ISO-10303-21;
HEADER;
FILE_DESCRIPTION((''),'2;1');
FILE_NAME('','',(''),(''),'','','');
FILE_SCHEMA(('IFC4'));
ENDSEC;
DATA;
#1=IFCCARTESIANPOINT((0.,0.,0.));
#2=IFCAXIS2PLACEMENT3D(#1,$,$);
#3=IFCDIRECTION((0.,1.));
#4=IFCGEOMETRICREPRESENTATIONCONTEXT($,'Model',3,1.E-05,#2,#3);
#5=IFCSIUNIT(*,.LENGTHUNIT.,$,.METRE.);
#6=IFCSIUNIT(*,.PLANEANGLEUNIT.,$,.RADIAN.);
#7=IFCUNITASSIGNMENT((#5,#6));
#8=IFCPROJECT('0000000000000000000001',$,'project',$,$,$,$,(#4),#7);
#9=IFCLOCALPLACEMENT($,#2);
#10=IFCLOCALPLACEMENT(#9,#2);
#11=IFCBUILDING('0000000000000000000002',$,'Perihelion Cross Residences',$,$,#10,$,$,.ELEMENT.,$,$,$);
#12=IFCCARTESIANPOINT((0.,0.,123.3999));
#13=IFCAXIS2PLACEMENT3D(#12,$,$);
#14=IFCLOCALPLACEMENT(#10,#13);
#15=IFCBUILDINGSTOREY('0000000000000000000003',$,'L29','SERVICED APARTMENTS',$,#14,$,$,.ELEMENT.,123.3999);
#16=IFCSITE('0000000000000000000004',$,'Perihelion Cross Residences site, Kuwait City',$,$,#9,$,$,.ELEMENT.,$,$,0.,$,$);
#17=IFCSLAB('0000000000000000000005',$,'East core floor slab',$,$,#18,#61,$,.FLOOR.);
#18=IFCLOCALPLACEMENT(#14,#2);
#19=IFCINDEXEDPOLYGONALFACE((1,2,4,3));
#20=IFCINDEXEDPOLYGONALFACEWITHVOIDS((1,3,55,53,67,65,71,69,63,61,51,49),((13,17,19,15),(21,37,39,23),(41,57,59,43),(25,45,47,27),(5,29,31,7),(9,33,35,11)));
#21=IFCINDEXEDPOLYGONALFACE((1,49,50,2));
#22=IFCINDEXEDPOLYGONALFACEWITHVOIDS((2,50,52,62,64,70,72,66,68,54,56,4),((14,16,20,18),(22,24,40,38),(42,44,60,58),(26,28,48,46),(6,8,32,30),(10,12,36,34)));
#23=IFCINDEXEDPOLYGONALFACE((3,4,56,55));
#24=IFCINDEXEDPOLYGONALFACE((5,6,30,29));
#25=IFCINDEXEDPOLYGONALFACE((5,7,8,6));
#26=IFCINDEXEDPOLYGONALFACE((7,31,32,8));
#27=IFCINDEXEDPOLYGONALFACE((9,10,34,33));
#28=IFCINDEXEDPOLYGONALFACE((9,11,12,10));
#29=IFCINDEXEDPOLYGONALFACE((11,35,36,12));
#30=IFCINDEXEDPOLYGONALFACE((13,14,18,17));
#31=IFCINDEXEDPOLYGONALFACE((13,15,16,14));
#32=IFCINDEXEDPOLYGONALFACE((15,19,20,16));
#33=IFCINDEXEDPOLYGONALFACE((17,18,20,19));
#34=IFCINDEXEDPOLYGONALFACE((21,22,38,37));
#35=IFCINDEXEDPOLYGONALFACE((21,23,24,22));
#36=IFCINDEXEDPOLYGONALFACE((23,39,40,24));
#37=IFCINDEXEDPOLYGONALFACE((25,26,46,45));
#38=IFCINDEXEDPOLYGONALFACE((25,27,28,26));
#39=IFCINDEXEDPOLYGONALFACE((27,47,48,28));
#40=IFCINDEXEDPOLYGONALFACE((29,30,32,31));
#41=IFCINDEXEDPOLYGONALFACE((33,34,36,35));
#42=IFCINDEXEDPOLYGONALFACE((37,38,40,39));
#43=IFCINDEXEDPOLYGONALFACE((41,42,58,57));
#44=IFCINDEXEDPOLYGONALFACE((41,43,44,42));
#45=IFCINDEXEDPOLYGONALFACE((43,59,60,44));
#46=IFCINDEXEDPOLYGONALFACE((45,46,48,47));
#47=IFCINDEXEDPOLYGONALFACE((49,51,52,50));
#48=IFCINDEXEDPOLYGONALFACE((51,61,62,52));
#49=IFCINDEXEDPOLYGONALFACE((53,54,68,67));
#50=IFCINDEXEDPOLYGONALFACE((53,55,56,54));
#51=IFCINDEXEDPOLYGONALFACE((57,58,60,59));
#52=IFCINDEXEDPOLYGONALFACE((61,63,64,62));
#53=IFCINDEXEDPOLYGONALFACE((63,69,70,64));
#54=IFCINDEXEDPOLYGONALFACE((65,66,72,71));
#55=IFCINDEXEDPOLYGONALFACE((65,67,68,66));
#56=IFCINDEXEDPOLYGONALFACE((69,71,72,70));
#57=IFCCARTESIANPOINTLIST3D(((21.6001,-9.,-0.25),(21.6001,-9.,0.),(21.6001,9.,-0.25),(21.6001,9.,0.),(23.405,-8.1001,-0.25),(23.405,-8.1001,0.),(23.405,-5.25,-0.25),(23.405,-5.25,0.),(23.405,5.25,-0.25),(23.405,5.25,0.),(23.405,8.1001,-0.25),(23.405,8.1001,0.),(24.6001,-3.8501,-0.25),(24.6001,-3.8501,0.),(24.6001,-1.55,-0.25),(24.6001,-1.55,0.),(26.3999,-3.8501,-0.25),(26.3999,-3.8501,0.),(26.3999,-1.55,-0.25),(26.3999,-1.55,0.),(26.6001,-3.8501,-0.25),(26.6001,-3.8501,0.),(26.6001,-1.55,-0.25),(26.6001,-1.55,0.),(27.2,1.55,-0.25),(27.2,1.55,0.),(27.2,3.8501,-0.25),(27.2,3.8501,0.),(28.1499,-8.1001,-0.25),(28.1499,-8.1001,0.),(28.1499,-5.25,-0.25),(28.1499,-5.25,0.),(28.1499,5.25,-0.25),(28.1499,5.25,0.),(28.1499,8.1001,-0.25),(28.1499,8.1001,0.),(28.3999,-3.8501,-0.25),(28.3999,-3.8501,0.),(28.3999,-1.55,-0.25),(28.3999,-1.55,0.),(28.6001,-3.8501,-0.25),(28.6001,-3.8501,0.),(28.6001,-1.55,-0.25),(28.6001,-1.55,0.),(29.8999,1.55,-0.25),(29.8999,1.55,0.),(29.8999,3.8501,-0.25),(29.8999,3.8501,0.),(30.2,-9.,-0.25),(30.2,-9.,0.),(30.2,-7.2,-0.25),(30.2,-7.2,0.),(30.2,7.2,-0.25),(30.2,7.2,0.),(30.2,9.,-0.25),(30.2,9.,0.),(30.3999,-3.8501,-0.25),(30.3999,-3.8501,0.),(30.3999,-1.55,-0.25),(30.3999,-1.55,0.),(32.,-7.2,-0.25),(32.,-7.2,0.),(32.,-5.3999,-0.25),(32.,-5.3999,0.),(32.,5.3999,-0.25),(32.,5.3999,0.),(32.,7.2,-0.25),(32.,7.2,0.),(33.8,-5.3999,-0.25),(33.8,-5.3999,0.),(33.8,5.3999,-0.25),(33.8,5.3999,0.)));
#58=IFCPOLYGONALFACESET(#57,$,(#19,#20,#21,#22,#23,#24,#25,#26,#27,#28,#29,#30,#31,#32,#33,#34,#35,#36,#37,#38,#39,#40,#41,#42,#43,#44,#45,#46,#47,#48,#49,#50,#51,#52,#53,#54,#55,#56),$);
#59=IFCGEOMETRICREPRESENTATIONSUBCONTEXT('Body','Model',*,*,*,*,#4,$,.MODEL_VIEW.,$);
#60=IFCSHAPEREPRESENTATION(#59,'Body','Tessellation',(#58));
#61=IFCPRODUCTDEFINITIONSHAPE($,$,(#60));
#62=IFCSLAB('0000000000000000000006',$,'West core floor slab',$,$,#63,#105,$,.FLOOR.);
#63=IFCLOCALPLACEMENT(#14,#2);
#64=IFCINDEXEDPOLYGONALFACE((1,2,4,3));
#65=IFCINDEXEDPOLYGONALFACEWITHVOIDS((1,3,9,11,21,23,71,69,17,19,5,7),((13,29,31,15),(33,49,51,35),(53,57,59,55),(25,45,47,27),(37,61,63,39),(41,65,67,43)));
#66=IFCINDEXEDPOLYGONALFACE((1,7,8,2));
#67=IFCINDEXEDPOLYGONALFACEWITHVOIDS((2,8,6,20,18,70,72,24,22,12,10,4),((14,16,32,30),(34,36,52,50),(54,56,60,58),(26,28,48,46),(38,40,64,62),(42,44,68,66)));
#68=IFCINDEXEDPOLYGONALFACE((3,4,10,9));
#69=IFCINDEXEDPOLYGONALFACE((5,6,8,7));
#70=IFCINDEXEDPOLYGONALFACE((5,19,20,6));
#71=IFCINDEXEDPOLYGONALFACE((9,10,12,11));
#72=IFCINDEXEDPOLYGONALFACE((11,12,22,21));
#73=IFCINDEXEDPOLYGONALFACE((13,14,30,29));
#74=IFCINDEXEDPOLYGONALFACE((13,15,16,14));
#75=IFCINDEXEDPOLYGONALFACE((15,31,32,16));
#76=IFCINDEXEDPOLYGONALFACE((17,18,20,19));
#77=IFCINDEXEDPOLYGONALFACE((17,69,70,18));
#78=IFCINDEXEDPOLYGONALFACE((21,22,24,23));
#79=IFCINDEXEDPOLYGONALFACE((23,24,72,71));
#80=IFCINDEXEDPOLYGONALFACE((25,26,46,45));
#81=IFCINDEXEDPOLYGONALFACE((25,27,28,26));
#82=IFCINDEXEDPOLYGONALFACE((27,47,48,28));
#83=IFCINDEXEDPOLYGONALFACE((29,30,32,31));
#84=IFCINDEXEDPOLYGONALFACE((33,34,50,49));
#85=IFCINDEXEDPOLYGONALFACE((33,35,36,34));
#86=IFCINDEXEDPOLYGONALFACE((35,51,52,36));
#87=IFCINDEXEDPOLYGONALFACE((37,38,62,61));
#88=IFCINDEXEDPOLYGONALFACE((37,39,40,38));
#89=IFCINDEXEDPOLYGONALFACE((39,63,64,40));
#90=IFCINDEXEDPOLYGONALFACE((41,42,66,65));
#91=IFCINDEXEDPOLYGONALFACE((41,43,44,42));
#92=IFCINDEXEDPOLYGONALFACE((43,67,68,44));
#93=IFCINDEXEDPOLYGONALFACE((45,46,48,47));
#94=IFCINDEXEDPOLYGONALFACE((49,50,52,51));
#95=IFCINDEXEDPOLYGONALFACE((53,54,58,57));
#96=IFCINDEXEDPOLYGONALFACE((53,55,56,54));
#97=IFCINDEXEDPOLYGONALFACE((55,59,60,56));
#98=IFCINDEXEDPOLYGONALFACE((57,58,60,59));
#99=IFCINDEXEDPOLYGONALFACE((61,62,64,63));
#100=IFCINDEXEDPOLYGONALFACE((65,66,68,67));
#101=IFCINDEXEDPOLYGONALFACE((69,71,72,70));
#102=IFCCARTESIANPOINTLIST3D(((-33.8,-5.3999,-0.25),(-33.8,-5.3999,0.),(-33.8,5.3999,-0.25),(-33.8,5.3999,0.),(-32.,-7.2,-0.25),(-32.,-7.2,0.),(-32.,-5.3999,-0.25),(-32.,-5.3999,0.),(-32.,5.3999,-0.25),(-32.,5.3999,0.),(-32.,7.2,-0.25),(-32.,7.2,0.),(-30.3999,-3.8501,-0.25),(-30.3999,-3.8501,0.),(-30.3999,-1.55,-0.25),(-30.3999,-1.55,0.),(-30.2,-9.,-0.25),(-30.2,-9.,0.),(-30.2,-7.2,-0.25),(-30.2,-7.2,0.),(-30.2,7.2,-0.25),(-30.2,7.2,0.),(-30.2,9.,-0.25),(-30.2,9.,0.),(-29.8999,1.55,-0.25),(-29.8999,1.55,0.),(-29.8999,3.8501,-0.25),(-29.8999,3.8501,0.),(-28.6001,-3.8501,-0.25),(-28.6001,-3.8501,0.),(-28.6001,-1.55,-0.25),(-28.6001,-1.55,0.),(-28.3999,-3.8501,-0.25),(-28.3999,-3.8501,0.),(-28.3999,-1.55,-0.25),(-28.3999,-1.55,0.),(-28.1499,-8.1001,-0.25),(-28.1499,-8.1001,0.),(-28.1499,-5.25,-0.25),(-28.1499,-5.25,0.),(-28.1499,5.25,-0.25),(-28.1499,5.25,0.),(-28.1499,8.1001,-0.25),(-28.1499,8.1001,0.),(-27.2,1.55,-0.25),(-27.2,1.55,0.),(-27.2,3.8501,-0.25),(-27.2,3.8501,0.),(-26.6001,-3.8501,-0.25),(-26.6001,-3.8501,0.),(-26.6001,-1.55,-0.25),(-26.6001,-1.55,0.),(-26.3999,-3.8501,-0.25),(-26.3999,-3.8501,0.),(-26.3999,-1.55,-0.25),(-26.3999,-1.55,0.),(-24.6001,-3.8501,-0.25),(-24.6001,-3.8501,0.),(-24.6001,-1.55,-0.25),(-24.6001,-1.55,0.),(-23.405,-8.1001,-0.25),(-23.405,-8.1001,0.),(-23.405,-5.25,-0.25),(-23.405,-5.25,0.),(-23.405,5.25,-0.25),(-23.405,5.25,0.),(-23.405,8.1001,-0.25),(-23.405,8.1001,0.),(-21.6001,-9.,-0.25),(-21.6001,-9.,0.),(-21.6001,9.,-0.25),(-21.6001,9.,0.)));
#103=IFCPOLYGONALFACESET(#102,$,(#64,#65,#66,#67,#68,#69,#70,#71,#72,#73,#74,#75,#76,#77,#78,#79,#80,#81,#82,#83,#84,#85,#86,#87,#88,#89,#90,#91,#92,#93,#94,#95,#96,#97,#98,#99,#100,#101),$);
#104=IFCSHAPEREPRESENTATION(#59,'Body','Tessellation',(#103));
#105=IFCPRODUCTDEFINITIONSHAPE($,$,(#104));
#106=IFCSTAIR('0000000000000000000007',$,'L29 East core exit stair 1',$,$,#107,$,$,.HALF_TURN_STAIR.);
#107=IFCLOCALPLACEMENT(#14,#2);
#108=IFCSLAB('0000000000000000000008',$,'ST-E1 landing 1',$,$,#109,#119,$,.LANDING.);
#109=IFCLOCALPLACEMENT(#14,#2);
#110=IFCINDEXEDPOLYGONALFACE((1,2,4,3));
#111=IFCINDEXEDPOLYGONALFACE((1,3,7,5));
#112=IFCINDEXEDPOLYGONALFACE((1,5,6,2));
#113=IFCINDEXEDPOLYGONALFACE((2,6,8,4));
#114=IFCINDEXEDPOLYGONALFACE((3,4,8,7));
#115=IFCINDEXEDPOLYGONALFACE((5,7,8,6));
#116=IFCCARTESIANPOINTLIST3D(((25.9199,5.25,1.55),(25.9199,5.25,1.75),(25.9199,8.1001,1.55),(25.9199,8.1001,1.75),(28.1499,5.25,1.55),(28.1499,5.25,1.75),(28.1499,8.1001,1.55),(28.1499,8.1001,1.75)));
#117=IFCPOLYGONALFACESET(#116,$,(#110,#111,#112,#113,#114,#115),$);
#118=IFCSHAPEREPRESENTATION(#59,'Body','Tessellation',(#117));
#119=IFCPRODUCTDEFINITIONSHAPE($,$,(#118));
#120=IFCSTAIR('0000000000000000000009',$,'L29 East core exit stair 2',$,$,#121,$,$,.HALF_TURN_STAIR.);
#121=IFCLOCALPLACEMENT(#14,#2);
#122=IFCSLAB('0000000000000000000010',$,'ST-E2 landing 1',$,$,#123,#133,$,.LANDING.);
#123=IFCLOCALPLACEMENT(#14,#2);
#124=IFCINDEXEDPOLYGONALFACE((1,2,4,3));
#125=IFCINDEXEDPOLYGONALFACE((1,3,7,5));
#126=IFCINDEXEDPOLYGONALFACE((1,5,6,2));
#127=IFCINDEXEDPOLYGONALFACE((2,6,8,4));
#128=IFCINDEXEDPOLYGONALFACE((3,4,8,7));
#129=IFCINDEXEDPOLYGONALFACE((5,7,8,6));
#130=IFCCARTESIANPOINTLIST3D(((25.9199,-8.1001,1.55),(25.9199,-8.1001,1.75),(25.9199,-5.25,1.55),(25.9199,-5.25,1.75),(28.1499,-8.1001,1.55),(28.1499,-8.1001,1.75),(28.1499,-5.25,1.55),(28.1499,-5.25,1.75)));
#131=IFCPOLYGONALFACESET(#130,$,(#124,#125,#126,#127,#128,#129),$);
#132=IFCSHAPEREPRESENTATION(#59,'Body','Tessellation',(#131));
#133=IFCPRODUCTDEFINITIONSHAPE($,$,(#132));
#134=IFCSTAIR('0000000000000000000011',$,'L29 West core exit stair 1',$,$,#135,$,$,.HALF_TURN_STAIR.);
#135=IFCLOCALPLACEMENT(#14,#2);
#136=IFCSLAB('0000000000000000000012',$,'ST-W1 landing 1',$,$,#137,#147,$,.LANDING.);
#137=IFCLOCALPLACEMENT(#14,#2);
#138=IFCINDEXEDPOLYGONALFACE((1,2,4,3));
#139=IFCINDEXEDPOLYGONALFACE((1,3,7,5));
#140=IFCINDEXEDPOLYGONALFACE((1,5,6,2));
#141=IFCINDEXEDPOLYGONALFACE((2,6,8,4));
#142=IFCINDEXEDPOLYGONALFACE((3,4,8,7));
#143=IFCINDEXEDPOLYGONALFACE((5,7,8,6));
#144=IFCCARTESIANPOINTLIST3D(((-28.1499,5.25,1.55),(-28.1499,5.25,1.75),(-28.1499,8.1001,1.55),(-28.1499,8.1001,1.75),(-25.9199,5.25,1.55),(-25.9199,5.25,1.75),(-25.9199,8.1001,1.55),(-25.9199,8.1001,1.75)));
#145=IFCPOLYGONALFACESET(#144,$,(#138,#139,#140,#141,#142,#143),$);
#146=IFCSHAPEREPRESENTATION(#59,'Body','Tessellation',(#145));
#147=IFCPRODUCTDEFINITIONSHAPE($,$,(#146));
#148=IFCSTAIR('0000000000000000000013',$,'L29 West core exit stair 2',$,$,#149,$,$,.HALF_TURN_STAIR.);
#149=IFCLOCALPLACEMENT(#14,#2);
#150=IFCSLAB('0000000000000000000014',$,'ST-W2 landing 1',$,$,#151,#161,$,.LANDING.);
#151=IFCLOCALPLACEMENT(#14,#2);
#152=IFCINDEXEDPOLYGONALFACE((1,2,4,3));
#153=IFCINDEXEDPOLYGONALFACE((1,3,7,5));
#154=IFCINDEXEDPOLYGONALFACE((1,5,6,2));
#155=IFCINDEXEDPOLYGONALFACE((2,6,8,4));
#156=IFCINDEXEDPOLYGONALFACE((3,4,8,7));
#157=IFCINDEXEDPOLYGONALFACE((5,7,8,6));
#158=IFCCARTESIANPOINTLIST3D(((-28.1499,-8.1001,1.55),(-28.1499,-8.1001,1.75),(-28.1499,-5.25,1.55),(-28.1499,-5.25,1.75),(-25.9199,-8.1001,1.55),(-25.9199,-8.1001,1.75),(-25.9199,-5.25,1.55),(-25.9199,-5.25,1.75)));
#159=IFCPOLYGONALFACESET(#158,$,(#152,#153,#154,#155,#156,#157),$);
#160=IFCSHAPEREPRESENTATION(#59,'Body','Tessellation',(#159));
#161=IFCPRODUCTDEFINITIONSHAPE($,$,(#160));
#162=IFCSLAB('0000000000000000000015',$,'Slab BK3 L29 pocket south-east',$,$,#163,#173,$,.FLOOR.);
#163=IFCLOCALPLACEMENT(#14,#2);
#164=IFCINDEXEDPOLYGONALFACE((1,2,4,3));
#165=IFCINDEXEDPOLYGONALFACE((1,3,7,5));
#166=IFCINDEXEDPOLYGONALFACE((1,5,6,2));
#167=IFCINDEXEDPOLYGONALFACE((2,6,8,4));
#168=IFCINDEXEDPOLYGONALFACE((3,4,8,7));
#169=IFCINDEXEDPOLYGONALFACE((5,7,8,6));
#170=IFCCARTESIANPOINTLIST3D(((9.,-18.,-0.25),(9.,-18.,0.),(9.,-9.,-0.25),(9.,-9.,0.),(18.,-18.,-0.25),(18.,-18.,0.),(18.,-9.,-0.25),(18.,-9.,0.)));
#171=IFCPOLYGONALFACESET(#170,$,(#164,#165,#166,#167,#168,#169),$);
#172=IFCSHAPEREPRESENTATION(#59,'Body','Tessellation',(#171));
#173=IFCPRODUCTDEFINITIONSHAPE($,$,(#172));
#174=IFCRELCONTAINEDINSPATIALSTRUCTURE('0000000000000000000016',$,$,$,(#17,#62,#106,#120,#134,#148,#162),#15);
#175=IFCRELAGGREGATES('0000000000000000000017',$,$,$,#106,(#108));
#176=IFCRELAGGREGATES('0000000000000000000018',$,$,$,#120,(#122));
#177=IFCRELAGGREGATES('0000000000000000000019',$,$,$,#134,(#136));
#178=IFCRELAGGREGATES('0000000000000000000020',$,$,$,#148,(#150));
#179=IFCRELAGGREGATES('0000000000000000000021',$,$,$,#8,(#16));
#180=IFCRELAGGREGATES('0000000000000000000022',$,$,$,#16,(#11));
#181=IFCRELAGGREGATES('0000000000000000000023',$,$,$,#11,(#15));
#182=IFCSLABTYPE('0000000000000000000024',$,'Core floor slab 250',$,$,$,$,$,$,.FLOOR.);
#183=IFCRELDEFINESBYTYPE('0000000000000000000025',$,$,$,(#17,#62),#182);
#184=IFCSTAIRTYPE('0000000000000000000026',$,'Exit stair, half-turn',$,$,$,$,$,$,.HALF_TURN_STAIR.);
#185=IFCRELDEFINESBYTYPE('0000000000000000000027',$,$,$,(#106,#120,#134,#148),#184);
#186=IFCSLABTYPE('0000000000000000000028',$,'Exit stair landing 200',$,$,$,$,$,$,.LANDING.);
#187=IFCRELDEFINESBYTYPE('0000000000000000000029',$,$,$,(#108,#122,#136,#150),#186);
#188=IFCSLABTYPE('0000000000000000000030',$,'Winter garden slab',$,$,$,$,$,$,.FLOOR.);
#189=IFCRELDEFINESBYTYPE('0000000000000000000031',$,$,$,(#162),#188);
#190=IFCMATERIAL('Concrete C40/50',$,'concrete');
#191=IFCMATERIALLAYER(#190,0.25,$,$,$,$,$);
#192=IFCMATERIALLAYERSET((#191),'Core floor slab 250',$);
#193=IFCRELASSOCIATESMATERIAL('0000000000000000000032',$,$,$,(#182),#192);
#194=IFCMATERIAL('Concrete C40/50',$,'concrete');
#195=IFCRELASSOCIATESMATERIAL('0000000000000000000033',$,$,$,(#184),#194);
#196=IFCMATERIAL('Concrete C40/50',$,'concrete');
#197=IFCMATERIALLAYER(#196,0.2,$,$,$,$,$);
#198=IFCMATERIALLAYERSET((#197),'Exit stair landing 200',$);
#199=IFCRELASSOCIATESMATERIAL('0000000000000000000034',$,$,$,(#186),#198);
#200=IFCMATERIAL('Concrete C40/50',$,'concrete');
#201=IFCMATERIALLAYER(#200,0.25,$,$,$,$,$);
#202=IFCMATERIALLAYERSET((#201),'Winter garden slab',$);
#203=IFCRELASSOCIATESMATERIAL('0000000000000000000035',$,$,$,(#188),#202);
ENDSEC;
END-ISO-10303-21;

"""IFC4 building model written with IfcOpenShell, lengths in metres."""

from ifc_helpers import new_model, si_unit, direction, frame, origin, place, context, subcontext, project, spatial, polyline, outline, extrude, material, layer, layer_set, type_object, element, aggregate, save


model = new_model("IFC4")

# Units and contexts
model_context = context("Model", 3, precision=1e-05, world=origin(), true_north=direction((0.0, 1.0)))
body_context = subcontext(model_context, "Body", "Model", "MODEL_VIEW")
ifc_project = project(units=[si_unit("LENGTHUNIT", "METRE"), si_unit("PLANEANGLEUNIT", "RADIAN")], contexts=[model_context])

# Site, building, storey
site_placement = place(None, origin())
site = spatial("IfcSite", under=ifc_project, at=site_placement, Name="Perihelion Cross Residences site, Kuwait City", CompositionType="ELEMENT", RefElevation=0.0)
building_placement = place(site_placement, origin())
building = spatial("IfcBuilding", under=site, at=building_placement, Name="Perihelion Cross Residences", CompositionType="ELEMENT")
storey_placement = place(building_placement, frame((0.0, 0.0, 123.3999)))
storey = spatial("IfcBuildingStorey", under=building, at=storey_placement, Name="L29", Description="SERVICED APARTMENTS", CompositionType="ELEMENT", Elevation=123.3999)

# Slabs
ifc_material_1 = material(Name="Concrete C40/50", Category="concrete")
ifc_layer_1 = layer(ifc_material_1, 0.25)
ifc_layer_set_1 = layer_set([ifc_layer_1], Name="Core floor slab 250")
slab_type_1 = type_object("IfcSlabType", Name="Core floor slab 250", PredefinedType="FLOOR", material=ifc_layer_set_1)
slab_1_placement = place(storey_placement, frame((0.0, 0.0, -0.25)))
element("IfcSlab", 1, at=slab_1_placement, inside=storey, type_object=slab_type_1, Name="East core floor slab", PredefinedType="FLOOR", context=body_context, shape_type="SweptSolid", body=[
    extrude(outline(polyline([(30.2, 7.2), (32.0, 7.2), (32.0, 5.3999), (33.8, 5.3999), (33.8, -5.3999), (32.0, -5.3999), (32.0, -7.2), (30.2, -7.2), (30.2, -9.0), (21.6001, -9.0), (21.6001, 9.0), (30.2, 9.0), (30.2, 7.2)]), holes=[polyline([(28.1499, -8.1001), (28.1499, -5.25), (23.405, -5.25), (23.405, -8.1001), (28.1499, -8.1001)]), polyline([(24.6001, -1.55), (24.6001, -3.8501), (26.3999, -3.8501), (26.3999, -1.55), (24.6001, -1.55)]), polyline([(26.6001, -1.55), (26.6001, -3.8501), (28.3999, -3.8501), (28.3999, -1.55), (26.6001, -1.55)]), polyline([(28.6001, -3.8501), (30.3999, -3.8501), (30.3999, -1.55), (28.6001, -1.55), (28.6001, -3.8501)]), polyline([(27.2, 3.8501), (27.2, 1.55), (29.8999, 1.55), (29.8999, 3.8501), (27.2, 3.8501)]), polyline([(23.405, 5.25), (28.1499, 5.25), (28.1499, 8.1001), (23.405, 8.1001), (23.405, 5.25)])]), origin(), (0.0, 0.0, 1.0), 0.25),
])
slab_2_placement = place(storey_placement, frame((0.0, 0.0, -0.25)))
element("IfcSlab", 2, at=slab_2_placement, inside=storey, type_object=slab_type_1, Name="West core floor slab", PredefinedType="FLOOR", context=body_context, shape_type="SweptSolid", body=[
    extrude(outline(polyline([(-30.2, 7.2), (-32.0, 7.2), (-32.0, 5.3999), (-33.8, 5.3999), (-33.8, -5.3999), (-32.0, -5.3999), (-32.0, -7.2), (-30.2, -7.2), (-30.2, -9.0), (-21.6001, -9.0), (-21.6001, 9.0), (-30.2, 9.0), (-30.2, 7.2)]), holes=[polyline([(-28.1499, -8.1001), (-28.1499, -5.25), (-23.405, -5.25), (-23.405, -8.1001), (-28.1499, -8.1001)]), polyline([(-24.6001, -1.55), (-24.6001, -3.8501), (-26.3999, -3.8501), (-26.3999, -1.55), (-24.6001, -1.55)]), polyline([(-26.6001, -1.55), (-26.6001, -3.8501), (-28.3999, -3.8501), (-28.3999, -1.55), (-26.6001, -1.55)]), polyline([(-28.6001, -3.8501), (-30.3999, -3.8501), (-30.3999, -1.55), (-28.6001, -1.55), (-28.6001, -3.8501)]), polyline([(-27.2, 3.8501), (-27.2, 1.55), (-29.8999, 1.55), (-29.8999, 3.8501), (-27.2, 3.8501)]), polyline([(-23.405, 5.25), (-28.1499, 5.25), (-28.1499, 8.1001), (-23.405, 8.1001), (-23.405, 5.25)])]), origin(), (0.0, 0.0, 1.0), 0.25),
])

# Stairs, slabs
ifc_material_2 = material(Name="Concrete C40/50", Category="concrete")
stair_type = type_object("IfcStairType", Name="Exit stair, half-turn", PredefinedType="HALF_TURN_STAIR", material=ifc_material_2)
stair_1_placement = place(storey_placement, origin())
stair_1 = element("IfcStair", 3, at=stair_1_placement, inside=storey, type_object=stair_type, Name="L29 East core exit stair 1", PredefinedType="HALF_TURN_STAIR")
ifc_material_3 = material(Name="Concrete C40/50", Category="concrete")
ifc_layer_2 = layer(ifc_material_3, 0.2)
ifc_layer_set_2 = layer_set([ifc_layer_2], Name="Exit stair landing 200")
slab_type_2 = type_object("IfcSlabType", Name="Exit stair landing 200", PredefinedType="LANDING", material=ifc_layer_set_2)
slab_3_placement = place(storey_placement, frame((0.0, 0.0, 1.55)))
slab_3 = element("IfcSlab", 4, at=slab_3_placement, type_object=slab_type_2, Name="ST-E1 landing 1", PredefinedType="LANDING", context=body_context, shape_type="SweptSolid", body=[
    extrude(outline(polyline([(25.9199, 5.25), (28.1499, 5.25), (28.1499, 8.1001), (25.9199, 8.1001), (25.9199, 5.25)])), origin(), (0.0, 0.0, 1.0), 0.2),
])
aggregate(stair_1, [slab_3])
stair_2_placement = place(storey_placement, origin())
stair_2 = element("IfcStair", 5, at=stair_2_placement, inside=storey, type_object=stair_type, Name="L29 East core exit stair 2", PredefinedType="HALF_TURN_STAIR")
slab_4_placement = place(storey_placement, frame((0.0, 0.0, 1.55)))
slab_4 = element("IfcSlab", 6, at=slab_4_placement, type_object=slab_type_2, Name="ST-E2 landing 1", PredefinedType="LANDING", context=body_context, shape_type="SweptSolid", body=[
    extrude(outline(polyline([(25.9199, -8.1001), (28.1499, -8.1001), (28.1499, -5.25), (25.9199, -5.25), (25.9199, -8.1001)])), origin(), (0.0, 0.0, 1.0), 0.2),
])
aggregate(stair_2, [slab_4])
stair_3_placement = place(storey_placement, origin())
stair_3 = element("IfcStair", 7, at=stair_3_placement, inside=storey, type_object=stair_type, Name="L29 West core exit stair 1", PredefinedType="HALF_TURN_STAIR")
slab_5_placement = place(storey_placement, frame((0.0, 0.0, 1.55)))
slab_5 = element("IfcSlab", 8, at=slab_5_placement, type_object=slab_type_2, Name="ST-W1 landing 1", PredefinedType="LANDING", context=body_context, shape_type="SweptSolid", body=[
    extrude(outline(polyline([(-25.9199, 8.1001), (-28.1499, 8.1001), (-28.1499, 5.25), (-25.9199, 5.25), (-25.9199, 8.1001)])), origin(), (0.0, 0.0, 1.0), 0.2),
])
aggregate(stair_3, [slab_5])
stair_4_placement = place(storey_placement, origin())
stair_4 = element("IfcStair", 9, at=stair_4_placement, inside=storey, type_object=stair_type, Name="L29 West core exit stair 2", PredefinedType="HALF_TURN_STAIR")
slab_6_placement = place(storey_placement, frame((0.0, 0.0, 1.55)))
slab_6 = element("IfcSlab", 10, at=slab_6_placement, type_object=slab_type_2, Name="ST-W2 landing 1", PredefinedType="LANDING", context=body_context, shape_type="SweptSolid", body=[
    extrude(outline(polyline([(-25.9199, -5.25), (-28.1499, -5.25), (-28.1499, -8.1001), (-25.9199, -8.1001), (-25.9199, -5.25)])), origin(), (0.0, 0.0, 1.0), 0.2),
])
aggregate(stair_4, [slab_6])

# Slab
ifc_material_4 = material(Name="Concrete C40/50", Category="concrete")
ifc_layer_3 = layer(ifc_material_4, 0.25)
ifc_layer_set_3 = layer_set([ifc_layer_3], Name="Winter garden slab")
slab_type_3 = type_object("IfcSlabType", Name="Winter garden slab", PredefinedType="FLOOR", material=ifc_layer_set_3)
slab_7_placement = place(storey_placement, frame((0.0, 0.0, -0.25)))
element("IfcSlab", 11, at=slab_7_placement, inside=storey, type_object=slab_type_3, Name="Slab BK3 L29 pocket south-east", PredefinedType="FLOOR", context=body_context, shape_type="SweptSolid", body=[
    extrude(outline(polyline([(18.0, -18.0), (18.0, -9.0), (9.0, -9.0), (9.0, -18.0), (18.0, -18.0)])), origin(), (0.0, 0.0, 1.0), 0.25),
])

save(model, "model.ifc")
